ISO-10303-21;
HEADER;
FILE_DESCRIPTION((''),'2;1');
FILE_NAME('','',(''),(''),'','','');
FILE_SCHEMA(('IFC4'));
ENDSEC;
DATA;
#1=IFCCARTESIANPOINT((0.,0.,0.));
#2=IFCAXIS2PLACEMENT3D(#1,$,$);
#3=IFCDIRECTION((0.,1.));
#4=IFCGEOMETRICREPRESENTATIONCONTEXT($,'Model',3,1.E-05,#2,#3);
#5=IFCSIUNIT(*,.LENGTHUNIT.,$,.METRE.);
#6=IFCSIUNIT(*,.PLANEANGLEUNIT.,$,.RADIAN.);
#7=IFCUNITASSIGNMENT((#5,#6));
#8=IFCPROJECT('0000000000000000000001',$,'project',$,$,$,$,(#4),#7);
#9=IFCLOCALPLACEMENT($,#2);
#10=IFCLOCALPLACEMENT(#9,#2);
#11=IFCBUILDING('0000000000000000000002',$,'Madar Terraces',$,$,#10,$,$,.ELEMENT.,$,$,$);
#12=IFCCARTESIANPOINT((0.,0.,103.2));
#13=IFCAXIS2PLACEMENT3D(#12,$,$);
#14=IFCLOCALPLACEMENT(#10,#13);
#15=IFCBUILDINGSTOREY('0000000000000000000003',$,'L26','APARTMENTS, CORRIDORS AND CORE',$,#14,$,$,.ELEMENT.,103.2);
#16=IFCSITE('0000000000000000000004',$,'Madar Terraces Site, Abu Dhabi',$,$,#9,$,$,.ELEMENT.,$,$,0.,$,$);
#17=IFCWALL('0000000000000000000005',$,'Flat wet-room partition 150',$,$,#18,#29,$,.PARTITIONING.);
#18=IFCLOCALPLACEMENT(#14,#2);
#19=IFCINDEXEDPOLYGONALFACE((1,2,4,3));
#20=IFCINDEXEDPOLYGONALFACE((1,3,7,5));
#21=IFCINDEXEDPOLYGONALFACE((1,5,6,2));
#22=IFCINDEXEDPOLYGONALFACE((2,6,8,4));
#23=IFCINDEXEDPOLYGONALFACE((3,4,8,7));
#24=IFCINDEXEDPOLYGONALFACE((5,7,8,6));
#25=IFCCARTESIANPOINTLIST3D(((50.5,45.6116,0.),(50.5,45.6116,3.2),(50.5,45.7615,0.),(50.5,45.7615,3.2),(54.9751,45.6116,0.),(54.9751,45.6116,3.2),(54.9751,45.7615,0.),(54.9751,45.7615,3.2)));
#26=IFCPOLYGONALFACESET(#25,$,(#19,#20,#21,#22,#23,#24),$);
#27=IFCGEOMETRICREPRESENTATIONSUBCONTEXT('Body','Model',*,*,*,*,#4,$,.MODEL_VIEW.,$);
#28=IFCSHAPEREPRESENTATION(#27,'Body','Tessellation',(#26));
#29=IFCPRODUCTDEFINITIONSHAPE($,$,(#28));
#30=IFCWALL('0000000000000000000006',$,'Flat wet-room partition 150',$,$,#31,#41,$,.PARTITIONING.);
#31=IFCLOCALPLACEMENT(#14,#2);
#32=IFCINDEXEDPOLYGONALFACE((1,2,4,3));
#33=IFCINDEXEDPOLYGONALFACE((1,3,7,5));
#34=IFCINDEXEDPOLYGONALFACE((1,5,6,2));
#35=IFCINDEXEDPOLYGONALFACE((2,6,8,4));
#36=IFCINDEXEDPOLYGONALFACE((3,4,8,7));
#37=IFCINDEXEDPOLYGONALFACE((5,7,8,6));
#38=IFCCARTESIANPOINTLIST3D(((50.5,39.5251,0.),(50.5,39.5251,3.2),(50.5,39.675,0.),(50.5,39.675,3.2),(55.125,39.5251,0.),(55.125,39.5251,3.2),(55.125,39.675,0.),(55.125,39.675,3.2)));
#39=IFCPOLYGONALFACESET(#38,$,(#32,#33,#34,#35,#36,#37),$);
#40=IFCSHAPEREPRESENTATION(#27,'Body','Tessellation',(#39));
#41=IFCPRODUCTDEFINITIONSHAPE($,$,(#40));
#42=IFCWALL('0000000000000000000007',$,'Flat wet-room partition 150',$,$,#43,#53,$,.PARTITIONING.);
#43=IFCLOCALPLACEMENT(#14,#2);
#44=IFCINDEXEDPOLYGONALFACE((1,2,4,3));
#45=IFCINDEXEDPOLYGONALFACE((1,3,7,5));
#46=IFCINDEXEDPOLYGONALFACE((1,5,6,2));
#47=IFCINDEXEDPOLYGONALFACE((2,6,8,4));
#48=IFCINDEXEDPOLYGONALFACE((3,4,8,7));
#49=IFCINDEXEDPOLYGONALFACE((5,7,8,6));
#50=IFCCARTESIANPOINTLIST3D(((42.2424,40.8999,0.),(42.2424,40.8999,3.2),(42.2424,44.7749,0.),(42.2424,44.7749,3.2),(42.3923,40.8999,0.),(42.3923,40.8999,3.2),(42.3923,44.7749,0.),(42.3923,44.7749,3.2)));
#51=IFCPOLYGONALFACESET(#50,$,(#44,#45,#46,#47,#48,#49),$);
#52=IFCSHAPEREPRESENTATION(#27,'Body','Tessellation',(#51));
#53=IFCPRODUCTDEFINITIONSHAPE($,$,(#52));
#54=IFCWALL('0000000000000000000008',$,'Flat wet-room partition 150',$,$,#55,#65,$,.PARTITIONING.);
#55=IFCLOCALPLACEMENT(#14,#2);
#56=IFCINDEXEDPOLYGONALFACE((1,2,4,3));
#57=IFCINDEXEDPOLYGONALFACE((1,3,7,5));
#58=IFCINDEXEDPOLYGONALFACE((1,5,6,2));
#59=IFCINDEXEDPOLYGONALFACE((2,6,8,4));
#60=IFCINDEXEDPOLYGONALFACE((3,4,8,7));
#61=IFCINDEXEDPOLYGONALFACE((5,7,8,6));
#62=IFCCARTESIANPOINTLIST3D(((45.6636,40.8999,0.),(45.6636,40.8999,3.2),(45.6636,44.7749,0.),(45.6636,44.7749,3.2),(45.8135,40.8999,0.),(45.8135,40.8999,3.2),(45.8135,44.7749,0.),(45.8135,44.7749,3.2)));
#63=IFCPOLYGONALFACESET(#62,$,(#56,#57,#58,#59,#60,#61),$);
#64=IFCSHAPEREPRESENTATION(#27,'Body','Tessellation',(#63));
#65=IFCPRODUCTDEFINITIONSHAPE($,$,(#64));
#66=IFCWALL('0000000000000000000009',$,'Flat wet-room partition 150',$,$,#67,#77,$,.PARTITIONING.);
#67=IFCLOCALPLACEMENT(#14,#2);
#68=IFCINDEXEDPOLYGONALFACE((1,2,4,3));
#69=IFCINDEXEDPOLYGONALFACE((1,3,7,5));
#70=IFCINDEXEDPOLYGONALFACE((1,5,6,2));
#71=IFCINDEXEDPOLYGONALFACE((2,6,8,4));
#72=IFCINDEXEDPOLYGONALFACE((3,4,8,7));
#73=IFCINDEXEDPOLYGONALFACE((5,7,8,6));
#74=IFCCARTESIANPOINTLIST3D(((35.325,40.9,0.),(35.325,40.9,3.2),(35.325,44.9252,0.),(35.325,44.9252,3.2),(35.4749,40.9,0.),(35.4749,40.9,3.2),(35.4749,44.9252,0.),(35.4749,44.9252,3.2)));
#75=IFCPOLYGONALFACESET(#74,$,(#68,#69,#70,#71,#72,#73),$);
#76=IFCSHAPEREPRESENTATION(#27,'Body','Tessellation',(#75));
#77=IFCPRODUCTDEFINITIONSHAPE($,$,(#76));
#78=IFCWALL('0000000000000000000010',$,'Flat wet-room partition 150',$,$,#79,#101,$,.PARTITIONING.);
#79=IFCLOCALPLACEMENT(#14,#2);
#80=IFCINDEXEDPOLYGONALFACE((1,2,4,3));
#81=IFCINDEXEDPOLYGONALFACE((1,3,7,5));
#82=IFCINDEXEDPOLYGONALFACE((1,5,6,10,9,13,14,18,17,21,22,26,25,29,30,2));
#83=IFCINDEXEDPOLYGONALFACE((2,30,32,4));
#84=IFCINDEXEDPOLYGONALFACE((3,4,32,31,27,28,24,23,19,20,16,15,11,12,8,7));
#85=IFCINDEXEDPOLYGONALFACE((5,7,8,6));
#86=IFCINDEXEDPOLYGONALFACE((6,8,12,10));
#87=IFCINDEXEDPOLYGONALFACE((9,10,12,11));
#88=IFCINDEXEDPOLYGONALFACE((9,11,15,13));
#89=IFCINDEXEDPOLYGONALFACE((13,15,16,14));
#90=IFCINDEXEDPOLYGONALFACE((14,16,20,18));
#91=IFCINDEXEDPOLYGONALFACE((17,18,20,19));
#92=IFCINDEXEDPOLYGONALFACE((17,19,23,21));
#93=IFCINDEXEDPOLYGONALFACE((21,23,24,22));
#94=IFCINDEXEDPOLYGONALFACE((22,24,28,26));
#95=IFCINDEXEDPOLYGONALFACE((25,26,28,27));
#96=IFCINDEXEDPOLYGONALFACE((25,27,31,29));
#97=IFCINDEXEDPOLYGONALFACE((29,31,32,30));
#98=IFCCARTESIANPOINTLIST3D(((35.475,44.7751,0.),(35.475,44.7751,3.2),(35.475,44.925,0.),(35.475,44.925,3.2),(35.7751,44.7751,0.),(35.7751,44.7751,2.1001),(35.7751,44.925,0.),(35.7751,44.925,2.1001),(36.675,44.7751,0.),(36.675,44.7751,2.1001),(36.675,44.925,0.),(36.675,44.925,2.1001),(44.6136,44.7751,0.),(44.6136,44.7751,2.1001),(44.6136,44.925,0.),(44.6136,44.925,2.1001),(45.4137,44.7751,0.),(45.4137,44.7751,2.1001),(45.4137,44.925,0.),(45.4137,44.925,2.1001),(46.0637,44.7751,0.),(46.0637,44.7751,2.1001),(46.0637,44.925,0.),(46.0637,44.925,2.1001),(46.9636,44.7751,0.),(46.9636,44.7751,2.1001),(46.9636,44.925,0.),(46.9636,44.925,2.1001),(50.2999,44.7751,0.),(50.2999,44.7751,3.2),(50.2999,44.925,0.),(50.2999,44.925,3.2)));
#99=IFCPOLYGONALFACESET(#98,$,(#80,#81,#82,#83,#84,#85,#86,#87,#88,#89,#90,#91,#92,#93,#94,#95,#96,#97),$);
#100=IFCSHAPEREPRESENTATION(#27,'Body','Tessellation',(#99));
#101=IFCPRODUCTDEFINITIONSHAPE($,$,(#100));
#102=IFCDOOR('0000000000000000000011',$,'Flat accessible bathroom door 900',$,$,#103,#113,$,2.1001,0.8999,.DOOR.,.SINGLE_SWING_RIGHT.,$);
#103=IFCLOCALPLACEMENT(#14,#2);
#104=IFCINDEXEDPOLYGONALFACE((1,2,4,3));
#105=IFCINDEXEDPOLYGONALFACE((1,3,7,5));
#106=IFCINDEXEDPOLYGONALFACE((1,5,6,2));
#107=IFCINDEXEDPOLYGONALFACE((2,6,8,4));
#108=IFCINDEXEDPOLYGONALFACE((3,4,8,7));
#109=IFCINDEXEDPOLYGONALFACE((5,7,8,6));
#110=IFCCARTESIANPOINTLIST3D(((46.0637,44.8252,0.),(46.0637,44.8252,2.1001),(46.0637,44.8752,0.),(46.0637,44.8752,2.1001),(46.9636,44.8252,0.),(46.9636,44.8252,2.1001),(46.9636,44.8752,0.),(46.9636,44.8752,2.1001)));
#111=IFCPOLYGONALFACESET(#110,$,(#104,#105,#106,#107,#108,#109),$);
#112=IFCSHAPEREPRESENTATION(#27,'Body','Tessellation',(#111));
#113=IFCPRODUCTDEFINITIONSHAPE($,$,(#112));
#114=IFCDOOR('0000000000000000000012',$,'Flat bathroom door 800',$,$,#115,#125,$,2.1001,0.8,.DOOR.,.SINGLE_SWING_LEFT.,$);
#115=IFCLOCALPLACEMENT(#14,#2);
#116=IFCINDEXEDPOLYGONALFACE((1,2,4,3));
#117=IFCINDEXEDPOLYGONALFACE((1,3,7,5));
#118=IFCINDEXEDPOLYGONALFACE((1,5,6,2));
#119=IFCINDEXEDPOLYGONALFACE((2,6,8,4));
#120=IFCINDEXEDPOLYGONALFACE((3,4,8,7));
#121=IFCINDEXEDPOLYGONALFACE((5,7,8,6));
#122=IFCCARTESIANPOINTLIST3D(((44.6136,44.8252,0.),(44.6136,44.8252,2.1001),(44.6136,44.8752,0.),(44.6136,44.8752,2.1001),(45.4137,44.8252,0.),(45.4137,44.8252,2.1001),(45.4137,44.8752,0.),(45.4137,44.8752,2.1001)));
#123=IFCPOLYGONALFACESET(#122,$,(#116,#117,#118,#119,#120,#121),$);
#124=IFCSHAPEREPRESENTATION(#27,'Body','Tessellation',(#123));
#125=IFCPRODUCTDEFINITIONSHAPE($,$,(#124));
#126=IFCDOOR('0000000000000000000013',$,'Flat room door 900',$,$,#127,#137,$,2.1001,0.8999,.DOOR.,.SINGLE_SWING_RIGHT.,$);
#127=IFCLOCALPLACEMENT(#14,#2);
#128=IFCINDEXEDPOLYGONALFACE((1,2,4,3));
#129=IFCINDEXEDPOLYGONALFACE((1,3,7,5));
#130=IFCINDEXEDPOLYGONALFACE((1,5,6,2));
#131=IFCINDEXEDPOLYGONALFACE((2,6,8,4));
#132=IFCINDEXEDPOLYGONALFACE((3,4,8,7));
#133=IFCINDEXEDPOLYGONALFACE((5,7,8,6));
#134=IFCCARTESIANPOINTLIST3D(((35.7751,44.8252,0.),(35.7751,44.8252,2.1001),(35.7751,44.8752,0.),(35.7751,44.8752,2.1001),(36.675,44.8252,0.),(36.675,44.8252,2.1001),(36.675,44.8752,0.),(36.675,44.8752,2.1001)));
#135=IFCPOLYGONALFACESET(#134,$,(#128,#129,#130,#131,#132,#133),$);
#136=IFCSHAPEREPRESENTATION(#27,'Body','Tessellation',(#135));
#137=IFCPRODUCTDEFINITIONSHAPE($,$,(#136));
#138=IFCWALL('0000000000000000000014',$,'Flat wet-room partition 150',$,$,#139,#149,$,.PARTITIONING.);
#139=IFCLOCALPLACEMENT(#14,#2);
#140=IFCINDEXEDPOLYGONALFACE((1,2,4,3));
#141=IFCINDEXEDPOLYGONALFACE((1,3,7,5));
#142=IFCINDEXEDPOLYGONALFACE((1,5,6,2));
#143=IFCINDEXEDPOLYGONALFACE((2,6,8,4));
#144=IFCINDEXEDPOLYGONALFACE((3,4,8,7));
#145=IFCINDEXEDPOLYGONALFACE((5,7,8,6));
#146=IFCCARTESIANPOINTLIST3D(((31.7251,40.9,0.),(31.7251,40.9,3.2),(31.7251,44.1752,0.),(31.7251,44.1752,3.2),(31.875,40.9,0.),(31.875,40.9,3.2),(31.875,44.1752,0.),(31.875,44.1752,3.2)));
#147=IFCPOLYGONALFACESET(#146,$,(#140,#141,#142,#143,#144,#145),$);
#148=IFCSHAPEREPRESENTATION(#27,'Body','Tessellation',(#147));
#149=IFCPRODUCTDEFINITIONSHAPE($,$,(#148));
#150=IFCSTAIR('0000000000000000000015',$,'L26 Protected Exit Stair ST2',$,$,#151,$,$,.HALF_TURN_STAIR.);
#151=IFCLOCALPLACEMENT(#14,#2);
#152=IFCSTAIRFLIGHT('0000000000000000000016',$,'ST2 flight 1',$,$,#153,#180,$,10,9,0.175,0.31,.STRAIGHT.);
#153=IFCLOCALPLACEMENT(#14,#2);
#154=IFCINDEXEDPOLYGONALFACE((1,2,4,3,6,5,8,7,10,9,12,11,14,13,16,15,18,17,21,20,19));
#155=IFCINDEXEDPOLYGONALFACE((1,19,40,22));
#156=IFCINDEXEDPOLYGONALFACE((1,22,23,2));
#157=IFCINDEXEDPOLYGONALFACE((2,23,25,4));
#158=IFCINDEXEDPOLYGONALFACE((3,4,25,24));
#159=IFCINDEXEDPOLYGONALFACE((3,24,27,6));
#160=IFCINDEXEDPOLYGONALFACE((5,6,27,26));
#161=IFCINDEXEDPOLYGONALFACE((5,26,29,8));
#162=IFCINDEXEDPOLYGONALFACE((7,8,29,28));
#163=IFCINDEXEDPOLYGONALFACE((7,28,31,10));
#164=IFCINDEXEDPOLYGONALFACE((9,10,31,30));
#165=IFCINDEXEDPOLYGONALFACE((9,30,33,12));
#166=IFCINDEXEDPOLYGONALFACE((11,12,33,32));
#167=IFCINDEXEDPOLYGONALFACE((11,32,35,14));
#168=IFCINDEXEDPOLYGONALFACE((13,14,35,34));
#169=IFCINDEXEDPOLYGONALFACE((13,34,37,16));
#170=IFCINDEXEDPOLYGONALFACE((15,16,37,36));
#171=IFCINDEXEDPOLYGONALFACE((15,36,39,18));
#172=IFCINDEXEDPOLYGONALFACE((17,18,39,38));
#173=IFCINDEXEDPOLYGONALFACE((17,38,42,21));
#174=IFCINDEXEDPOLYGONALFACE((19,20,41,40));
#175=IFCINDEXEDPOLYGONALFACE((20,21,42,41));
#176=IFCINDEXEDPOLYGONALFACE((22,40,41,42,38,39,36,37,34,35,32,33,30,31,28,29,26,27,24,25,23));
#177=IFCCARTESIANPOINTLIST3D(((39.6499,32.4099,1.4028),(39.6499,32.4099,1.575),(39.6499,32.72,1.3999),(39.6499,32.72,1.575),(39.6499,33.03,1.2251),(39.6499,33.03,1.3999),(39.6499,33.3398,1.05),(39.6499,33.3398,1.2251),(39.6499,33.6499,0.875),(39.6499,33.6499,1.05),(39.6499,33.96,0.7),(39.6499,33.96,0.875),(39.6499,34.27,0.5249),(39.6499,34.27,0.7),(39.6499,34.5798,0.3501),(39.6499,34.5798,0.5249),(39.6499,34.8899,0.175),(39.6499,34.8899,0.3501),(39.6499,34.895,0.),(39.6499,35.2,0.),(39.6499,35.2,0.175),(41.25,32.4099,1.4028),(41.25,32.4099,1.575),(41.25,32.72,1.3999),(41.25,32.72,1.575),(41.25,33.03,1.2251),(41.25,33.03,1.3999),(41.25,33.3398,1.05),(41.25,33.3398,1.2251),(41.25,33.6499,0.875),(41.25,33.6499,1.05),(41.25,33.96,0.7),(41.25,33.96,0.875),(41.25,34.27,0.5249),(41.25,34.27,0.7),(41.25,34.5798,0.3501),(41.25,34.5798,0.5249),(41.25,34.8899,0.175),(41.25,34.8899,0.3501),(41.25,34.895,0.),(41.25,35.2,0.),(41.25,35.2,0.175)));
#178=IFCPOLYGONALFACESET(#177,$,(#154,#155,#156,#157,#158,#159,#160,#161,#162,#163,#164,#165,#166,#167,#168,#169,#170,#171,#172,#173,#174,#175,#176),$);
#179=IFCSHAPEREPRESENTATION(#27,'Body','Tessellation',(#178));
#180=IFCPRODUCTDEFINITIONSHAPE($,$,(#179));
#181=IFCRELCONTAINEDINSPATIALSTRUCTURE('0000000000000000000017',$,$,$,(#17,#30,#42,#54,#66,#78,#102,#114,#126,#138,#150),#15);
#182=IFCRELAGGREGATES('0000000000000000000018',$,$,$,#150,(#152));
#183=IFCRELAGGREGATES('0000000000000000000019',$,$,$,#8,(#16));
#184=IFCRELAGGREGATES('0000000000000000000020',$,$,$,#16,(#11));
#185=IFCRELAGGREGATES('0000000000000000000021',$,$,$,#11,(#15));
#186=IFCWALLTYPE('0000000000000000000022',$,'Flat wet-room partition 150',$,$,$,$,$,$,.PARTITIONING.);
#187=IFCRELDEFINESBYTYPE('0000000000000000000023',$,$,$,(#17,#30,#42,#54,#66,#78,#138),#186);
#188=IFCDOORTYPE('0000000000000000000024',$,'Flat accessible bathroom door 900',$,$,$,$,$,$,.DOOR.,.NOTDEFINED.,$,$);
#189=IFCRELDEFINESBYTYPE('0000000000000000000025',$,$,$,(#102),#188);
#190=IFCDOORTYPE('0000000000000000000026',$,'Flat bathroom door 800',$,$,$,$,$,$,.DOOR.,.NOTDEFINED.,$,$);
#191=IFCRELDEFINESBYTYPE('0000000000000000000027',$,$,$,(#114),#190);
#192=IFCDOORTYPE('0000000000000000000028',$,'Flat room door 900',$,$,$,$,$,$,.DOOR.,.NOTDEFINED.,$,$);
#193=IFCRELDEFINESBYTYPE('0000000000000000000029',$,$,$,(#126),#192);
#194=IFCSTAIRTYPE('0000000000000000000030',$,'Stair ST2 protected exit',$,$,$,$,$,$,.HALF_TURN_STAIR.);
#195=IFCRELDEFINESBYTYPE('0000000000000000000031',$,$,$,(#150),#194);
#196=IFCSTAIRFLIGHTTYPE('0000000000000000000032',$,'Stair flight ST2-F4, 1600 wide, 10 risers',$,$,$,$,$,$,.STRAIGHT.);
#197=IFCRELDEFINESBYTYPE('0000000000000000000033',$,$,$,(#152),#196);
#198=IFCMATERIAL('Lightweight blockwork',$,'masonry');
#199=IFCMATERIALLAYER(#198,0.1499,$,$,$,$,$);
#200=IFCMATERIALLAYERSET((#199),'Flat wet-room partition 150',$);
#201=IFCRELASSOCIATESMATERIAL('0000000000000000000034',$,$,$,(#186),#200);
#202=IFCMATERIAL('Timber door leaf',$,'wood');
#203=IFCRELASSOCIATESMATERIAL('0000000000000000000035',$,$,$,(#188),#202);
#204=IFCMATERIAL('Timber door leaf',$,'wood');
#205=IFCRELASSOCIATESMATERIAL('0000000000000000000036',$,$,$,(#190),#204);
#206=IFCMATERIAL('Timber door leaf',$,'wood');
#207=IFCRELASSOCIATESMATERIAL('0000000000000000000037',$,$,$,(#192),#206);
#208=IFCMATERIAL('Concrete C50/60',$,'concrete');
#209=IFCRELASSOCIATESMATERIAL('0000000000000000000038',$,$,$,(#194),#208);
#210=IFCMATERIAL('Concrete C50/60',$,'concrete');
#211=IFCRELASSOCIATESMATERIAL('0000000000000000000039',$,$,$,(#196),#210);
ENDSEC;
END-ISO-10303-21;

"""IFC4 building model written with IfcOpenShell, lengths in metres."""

from ifc_helpers import new_model, si_unit, direction, frame, frame_2d, origin, place, context, subcontext, project, spatial, polyline, rectangle, outline, extrude, material, layer, layer_set, type_object, element, fill, aggregate, save


model = new_model("IFC4")

# Units and contexts
model_context = context("Model", 3, precision=1e-05, world=origin(), true_north=direction((0.0, 1.0)))
body_context = subcontext(model_context, "Body", "Model", "MODEL_VIEW")
ifc_project = project(units=[si_unit("LENGTHUNIT", "METRE"), si_unit("PLANEANGLEUNIT", "RADIAN")], contexts=[model_context])

# Site, building, storey
site_placement = place(None, origin())
site = spatial("IfcSite", under=ifc_project, at=site_placement, Name="Madar Terraces Site, Abu Dhabi", CompositionType="ELEMENT", RefElevation=0.0)
building_placement = place(site_placement, origin())
building = spatial("IfcBuilding", under=site, at=building_placement, Name="Madar Terraces", CompositionType="ELEMENT")
storey_placement = place(building_placement, frame((0.0, 0.0, 103.2)))
storey = spatial("IfcBuildingStorey", under=building, at=storey_placement, Name="L26", Description="APARTMENTS, CORRIDORS AND CORE", CompositionType="ELEMENT", Elevation=103.2)

# Walls
ifc_material_1 = material(Name="Lightweight blockwork", Category="masonry")
ifc_layer_1 = layer(ifc_material_1, 0.1499)
ifc_layer_set_1 = layer_set([ifc_layer_1], Name="Flat wet-room partition 150")
wall_type_1 = type_object("IfcWallType", Name="Flat wet-room partition 150", PredefinedType="PARTITIONING", material=ifc_layer_set_1)
wall_1_placement = place(storey_placement, frame((50.5, 45.6865, 0.0), z_axis=(0.0, 0.0, 1.0), x_axis=(1.0, 0.0, 0.0)))
element("IfcWall", 1, at=wall_1_placement, inside=storey, type_object=wall_type_1, Name="Flat wet-room partition 150", PredefinedType="PARTITIONING", context=body_context, shape_type="SweptSolid", body=[
    extrude(rectangle(XDim=4.4751, YDim=0.1499, at=frame_2d((2.2375, 0.0))), origin(), (0.0, 0.0, 1.0), 3.2),
])
wall_2_placement = place(storey_placement, frame((50.5, 39.6001, 0.0), z_axis=(0.0, 0.0, 1.0), x_axis=(1.0, 0.0, 0.0)))
element("IfcWall", 2, at=wall_2_placement, inside=storey, type_object=wall_type_1, Name="Flat wet-room partition 150", PredefinedType="PARTITIONING", context=body_context, shape_type="SweptSolid", body=[
    extrude(rectangle(XDim=4.625, YDim=0.1499, at=frame_2d((2.3125, 0.0))), origin(), (0.0, 0.0, 1.0), 3.2),
])
for number, where, z_axis, x_axis, name in (
    (3, (42.3174, 40.8999, 0.0), (0.0, 0.0, 1.0), (0.0, 1.0, 0.0), "Flat wet-room partition 150"),
    (4, (45.7385, 40.8999, 0.0), (0.0, 0.0, 1.0), (0.0, 1.0, 0.0), "Flat wet-room partition 150"),
):
    element("IfcWall", number, at=place(storey_placement, frame(where, z_axis=z_axis, x_axis=x_axis)), inside=storey, type_object=wall_type_1, Name=name, PredefinedType="PARTITIONING", context=body_context, shape_type="SweptSolid", body=[
        extrude(rectangle(XDim=3.875, YDim=0.1499, at=frame_2d((1.9375, 0.0))), origin(), (0.0, 0.0, 1.0), 3.2),
    ])
wall_3_placement = place(storey_placement, frame((35.3999, 40.8999, 0.0), z_axis=(0.0, 0.0, 1.0), x_axis=(0.0, 1.0, 0.0)))
element("IfcWall", 5, at=wall_3_placement, inside=storey, type_object=wall_type_1, Name="Flat wet-room partition 150", PredefinedType="PARTITIONING", context=body_context, shape_type="SweptSolid", body=[
    extrude(rectangle(XDim=4.0251, YDim=0.1499, at=frame_2d((2.0127, 0.0))), origin(), (0.0, 0.0, 1.0), 3.2),
])

# Wall, openings, doors
wall_4_placement = place(storey_placement, frame((50.3, 44.8501, 0.0), z_axis=(0.0, 0.0, 1.0), x_axis=(-1.0, 0.0, 0.0)))
wall_4 = element("IfcWall", 6, at=wall_4_placement, inside=storey, type_object=wall_type_1, Name="Flat wet-room partition 150", PredefinedType="PARTITIONING", context=body_context, shape_type="SweptSolid", body=[
    extrude(rectangle(XDim=14.825, YDim=0.1499, at=frame_2d((7.4126, 0.0))), origin(), (0.0, 0.0, 1.0), 3.2),
])
opening_1_placement = place(wall_4_placement, frame((13.625, 0.0, 0.0)))
opening_1 = element("IfcOpeningElement", 7, at=opening_1_placement, cuts=wall_4, PredefinedType="OPENING", context=body_context, shape_type="SweptSolid", body=[
    extrude(rectangle(XDim=0.8999, YDim=2.1001, at=frame_2d((0.45, 1.05))), frame((0.0, 0.085, 0.0), z_axis=(0.0, -1.0, 0.0), x_axis=(1.0, 0.0, 0.0)), (0.0, 0.0, 1.0), 0.1699),
])
opening_2_placement = place(wall_4_placement, frame((4.8865, 0.0, 0.0)))
opening_2 = element("IfcOpeningElement", 8, at=opening_2_placement, cuts=wall_4, PredefinedType="OPENING", context=body_context, shape_type="SweptSolid", body=[
    extrude(rectangle(XDim=0.8, YDim=2.1001, at=frame_2d((0.3999, 1.05))), frame((0.0, 0.085, 0.0), z_axis=(0.0, -1.0, 0.0), x_axis=(1.0, 0.0, 0.0)), (0.0, 0.0, 1.0), 0.1699),
])
opening_3_placement = place(wall_4_placement, frame((3.3364, 0.0, 0.0)))
opening_3 = element("IfcOpeningElement", 9, at=opening_3_placement, cuts=wall_4, PredefinedType="OPENING", context=body_context, shape_type="SweptSolid", body=[
    extrude(rectangle(XDim=0.8999, YDim=2.1001, at=frame_2d((0.45, 1.05))), frame((0.0, 0.085, 0.0), z_axis=(0.0, -1.0, 0.0), x_axis=(1.0, 0.0, 0.0)), (0.0, 0.0, 1.0), 0.1699),
])
ifc_material_2 = material(Name="Timber door leaf", Category="wood")
door_type_1 = type_object("IfcDoorType", Name="Flat accessible bathroom door 900", OperationType="NOTDEFINED", PredefinedType="DOOR", material=ifc_material_2)
door_1_placement = place(opening_3_placement, origin())
door_1 = element("IfcDoor", 10, at=door_1_placement, inside=storey, type_object=door_type_1, Name="Flat accessible bathroom door 900", OperationType="SINGLE_SWING_RIGHT", OverallHeight=2.1001, OverallWidth=0.8999, PredefinedType="DOOR", context=body_context, shape_type="SweptSolid", body=[
    extrude(rectangle(XDim=0.8999, YDim=2.1001, at=frame_2d((0.45, 1.05))), frame((0.0, 0.0249, 0.0), z_axis=(0.0, -1.0, 0.0), x_axis=(1.0, 0.0, 0.0)), (0.0, 0.0, 1.0), 0.05),
])
fill(opening_3, door_1)
ifc_material_3 = material(Name="Timber door leaf", Category="wood")
door_type_2 = type_object("IfcDoorType", Name="Flat bathroom door 800", OperationType="NOTDEFINED", PredefinedType="DOOR", material=ifc_material_3)
door_2_placement = place(opening_2_placement, origin())
door_2 = element("IfcDoor", 11, at=door_2_placement, inside=storey, type_object=door_type_2, Name="Flat bathroom door 800", OperationType="SINGLE_SWING_LEFT", OverallHeight=2.1001, OverallWidth=0.8, PredefinedType="DOOR", context=body_context, shape_type="SweptSolid", body=[
    extrude(rectangle(XDim=0.8, YDim=2.1001, at=frame_2d((0.3999, 1.05))), frame((0.0, 0.0249, 0.0), z_axis=(0.0, -1.0, 0.0), x_axis=(1.0, 0.0, 0.0)), (0.0, 0.0, 1.0), 0.05),
])
fill(opening_2, door_2)
ifc_material_4 = material(Name="Timber door leaf", Category="wood")
door_type_3 = type_object("IfcDoorType", Name="Flat room door 900", OperationType="NOTDEFINED", PredefinedType="DOOR", material=ifc_material_4)
door_3_placement = place(opening_1_placement, origin())
door_3 = element("IfcDoor", 12, at=door_3_placement, inside=storey, type_object=door_type_3, Name="Flat room door 900", OperationType="SINGLE_SWING_RIGHT", OverallHeight=2.1001, OverallWidth=0.8999, PredefinedType="DOOR", context=body_context, shape_type="SweptSolid", body=[
    extrude(rectangle(XDim=0.8999, YDim=2.1001, at=frame_2d((0.45, 1.05))), frame((0.0, 0.0249, 0.0), z_axis=(0.0, -1.0, 0.0), x_axis=(1.0, 0.0, 0.0)), (0.0, 0.0, 1.0), 0.05),
])
fill(opening_1, door_3)

# Wall
wall_5_placement = place(storey_placement, frame((31.8, 40.8999, 0.0), z_axis=(0.0, 0.0, 1.0), x_axis=(0.0, 1.0, 0.0)))
element("IfcWall", 13, at=wall_5_placement, inside=storey, type_object=wall_type_1, Name="Flat wet-room partition 150", PredefinedType="PARTITIONING", context=body_context, shape_type="SweptSolid", body=[
    extrude(rectangle(XDim=3.2751, YDim=0.1499, at=frame_2d((1.6377, 0.0))), origin(), (0.0, 0.0, 1.0), 3.2),
])

# Stair, stair flight
ifc_material_5 = material(Name="Concrete C50/60", Category="concrete")
stair_type = type_object("IfcStairType", Name="Stair ST2 protected exit", PredefinedType="HALF_TURN_STAIR", material=ifc_material_5)
stair_placement = place(storey_placement, origin())
stair = element("IfcStair", 14, at=stair_placement, inside=storey, type_object=stair_type, Name="L26 Protected Exit Stair ST2", PredefinedType="HALF_TURN_STAIR")
ifc_material_6 = material(Name="Concrete C50/60", Category="concrete")
stair_flight_type = type_object("IfcStairFlightType", Name="Stair flight ST2-F4, 1600 wide, 10 risers", PredefinedType="STRAIGHT", material=ifc_material_6)
stair_flight_1_placement = place(storey_placement, frame((40.45, 35.2, 0.0), z_axis=(0.0, 0.0, 1.0), x_axis=(0.0, -1.0, 0.0)))
stair_flight_1 = element("IfcStairFlight", 15, at=stair_flight_1_placement, type_object=stair_flight_type, Name="ST2 flight 1", NumberOfRisers=10, NumberOfTreads=9, PredefinedType="STRAIGHT", RiserHeight=0.175, TreadLength=0.31, context=body_context, shape_type="SweptSolid", body=[
    extrude(outline(polyline([(0.0, 0.0), (0.0, 0.175), (0.3101, 0.175), (0.3101, 0.3501), (0.6201, 0.3501), (0.6201, 0.5249), (0.9299, 0.5249), (0.9299, 0.7), (1.24, 0.7), (1.24, 0.875), (1.55, 0.875), (1.55, 1.05), (1.8601, 1.05), (1.8601, 1.2251), (2.1699, 1.2251), (2.1699, 1.3999), (2.48, 1.3999), (2.48, 1.575), (2.79, 1.575), (2.79, 1.75), (2.79, 1.4028), (0.3049, 0.0), (0.0, 0.0)])), frame((0.0, 0.8, 0.0), z_axis=(0.0, -1.0, 0.0), x_axis=(1.0, 0.0, 0.0)), (0.0, 0.0, 1.0), 1.6001),
])
aggregate(stair, [stair_flight_1])

save(model, "model.ifc")
